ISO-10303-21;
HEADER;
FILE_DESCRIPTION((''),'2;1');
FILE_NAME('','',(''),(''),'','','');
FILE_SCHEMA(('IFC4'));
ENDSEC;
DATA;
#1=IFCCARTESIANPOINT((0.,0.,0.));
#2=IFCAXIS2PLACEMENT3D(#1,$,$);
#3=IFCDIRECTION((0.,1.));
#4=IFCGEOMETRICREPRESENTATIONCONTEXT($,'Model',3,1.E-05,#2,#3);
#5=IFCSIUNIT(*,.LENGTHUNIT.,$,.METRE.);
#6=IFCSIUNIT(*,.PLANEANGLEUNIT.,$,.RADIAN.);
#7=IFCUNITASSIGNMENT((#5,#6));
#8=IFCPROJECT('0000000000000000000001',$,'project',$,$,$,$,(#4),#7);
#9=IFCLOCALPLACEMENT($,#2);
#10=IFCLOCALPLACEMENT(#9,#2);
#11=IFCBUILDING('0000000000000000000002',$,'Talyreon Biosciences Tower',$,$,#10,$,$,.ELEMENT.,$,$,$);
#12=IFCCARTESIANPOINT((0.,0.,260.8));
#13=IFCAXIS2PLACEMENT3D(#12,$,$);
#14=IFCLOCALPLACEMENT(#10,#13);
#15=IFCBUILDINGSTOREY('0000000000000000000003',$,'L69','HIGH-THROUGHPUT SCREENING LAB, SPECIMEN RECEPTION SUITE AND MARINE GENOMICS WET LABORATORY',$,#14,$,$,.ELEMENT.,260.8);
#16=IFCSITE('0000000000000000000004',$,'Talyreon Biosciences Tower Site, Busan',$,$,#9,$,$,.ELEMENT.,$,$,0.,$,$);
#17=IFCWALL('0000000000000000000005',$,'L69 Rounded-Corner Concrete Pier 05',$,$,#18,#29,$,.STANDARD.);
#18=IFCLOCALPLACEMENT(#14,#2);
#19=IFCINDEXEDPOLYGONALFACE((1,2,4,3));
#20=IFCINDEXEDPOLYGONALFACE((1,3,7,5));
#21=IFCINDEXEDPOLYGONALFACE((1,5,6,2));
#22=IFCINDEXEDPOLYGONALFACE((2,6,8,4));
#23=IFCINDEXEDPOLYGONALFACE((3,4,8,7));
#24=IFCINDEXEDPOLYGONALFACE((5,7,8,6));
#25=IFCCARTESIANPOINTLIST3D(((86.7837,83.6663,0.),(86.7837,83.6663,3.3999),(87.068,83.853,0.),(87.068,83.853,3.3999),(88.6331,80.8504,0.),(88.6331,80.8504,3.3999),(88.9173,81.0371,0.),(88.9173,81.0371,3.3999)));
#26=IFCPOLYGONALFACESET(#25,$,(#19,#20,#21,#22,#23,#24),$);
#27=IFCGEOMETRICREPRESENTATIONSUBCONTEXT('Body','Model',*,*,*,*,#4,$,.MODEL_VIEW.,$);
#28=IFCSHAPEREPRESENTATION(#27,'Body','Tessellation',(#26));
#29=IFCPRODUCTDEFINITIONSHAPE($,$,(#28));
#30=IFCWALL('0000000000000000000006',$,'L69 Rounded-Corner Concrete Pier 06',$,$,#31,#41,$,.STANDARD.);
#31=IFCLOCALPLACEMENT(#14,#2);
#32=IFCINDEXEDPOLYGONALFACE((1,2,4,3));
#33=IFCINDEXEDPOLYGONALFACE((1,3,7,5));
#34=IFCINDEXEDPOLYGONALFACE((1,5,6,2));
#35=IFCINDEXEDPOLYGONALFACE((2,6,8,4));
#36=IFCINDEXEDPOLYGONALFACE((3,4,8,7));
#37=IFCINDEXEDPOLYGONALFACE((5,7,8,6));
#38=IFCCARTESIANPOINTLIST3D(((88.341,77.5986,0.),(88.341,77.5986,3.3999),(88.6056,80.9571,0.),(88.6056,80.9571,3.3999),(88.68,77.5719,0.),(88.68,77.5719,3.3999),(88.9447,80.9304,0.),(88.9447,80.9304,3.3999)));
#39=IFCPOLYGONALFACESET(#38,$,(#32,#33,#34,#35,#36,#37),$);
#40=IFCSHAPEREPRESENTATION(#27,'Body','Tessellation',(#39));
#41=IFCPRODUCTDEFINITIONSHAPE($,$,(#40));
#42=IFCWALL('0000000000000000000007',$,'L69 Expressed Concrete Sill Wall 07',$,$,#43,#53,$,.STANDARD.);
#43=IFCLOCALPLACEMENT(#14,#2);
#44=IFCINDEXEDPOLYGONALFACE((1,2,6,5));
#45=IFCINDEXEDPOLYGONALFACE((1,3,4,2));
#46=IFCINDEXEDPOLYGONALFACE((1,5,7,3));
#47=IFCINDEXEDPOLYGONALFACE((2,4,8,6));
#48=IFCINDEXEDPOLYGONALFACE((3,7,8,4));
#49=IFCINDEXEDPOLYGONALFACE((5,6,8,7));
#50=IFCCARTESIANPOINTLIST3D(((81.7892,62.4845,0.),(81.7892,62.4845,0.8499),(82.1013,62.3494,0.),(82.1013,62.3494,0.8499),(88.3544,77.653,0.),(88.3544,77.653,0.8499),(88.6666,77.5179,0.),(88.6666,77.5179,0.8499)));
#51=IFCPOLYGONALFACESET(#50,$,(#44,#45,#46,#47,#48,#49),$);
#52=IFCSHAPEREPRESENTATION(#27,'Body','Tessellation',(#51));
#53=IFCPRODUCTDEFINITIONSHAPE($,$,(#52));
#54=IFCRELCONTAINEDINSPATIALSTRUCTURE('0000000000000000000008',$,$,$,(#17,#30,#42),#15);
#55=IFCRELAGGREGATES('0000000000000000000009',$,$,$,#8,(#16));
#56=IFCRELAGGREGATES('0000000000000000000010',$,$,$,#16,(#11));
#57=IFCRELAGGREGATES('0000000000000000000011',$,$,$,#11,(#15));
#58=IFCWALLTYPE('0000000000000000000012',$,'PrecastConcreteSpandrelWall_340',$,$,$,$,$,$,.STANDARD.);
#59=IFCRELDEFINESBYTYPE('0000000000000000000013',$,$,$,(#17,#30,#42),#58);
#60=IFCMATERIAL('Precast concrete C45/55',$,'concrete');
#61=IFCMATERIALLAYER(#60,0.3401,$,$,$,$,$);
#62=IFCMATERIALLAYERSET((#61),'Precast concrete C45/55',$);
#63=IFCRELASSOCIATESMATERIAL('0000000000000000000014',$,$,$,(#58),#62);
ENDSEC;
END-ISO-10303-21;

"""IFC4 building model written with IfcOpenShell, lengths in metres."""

from ifc_helpers import new_model, si_unit, direction, frame, frame_2d, origin, place, context, subcontext, project, spatial, rectangle, extrude, material, layer, layer_set, type_object, element, save


model = new_model("IFC4")

# Units and contexts
model_context = context("Model", 3, precision=1e-05, world=origin(), true_north=direction((0.0, 1.0)))
body_context = subcontext(model_context, "Body", "Model", "MODEL_VIEW")
ifc_project = project(units=[si_unit("LENGTHUNIT", "METRE"), si_unit("PLANEANGLEUNIT", "RADIAN")], contexts=[model_context])

# Site, building, storey
site_placement = place(None, origin())
site = spatial("IfcSite", under=ifc_project, at=site_placement, Name="Talyreon Biosciences Tower Site, Busan", CompositionType="ELEMENT", RefElevation=0.0)
building_placement = place(site_placement, origin())
building = spatial("IfcBuilding", under=site, at=building_placement, Name="Talyreon Biosciences Tower", CompositionType="ELEMENT")
storey_placement = place(building_placement, frame((0.0, 0.0, 260.8)))
storey = spatial("IfcBuildingStorey", under=building, at=storey_placement, Name="L69", Description="HIGH-THROUGHPUT SCREENING LAB, SPECIMEN RECEPTION SUITE AND MARINE GENOMICS WET LABORATORY", CompositionType="ELEMENT", Elevation=260.8)

# Shared definitions
ifc_material_1 = material(Name="Precast concrete C45/55", Category="concrete")

# Walls
ifc_layer_1 = layer(ifc_material_1, 0.3401)
ifc_layer_set_1 = layer_set([ifc_layer_1], Name="Precast concrete C45/55")
wall_type_1 = type_object("IfcWallType", Name="PrecastConcreteSpandrelWall_340", PredefinedType="STANDARD", material=ifc_layer_set_1)
for number, where, z_axis, x_axis, name in (
    (1, (86.9258, 83.7598, 0.0), (0.0, 0.0, 1.0), (0.548951, -0.835855, 0.0), "L69 Rounded-Corner Concrete Pier 05"),
    (2, (88.7751, 80.9438, 0.0), (0.0, 0.0, 1.0), (-0.078558, -0.99691, 0.0), "L69 Rounded-Corner Concrete Pier 06"),
):
    element("IfcWall", number, at=place(storey_placement, frame(where, z_axis=z_axis, x_axis=x_axis)), inside=storey, type_object=wall_type_1, Name=name, PredefinedType="STANDARD", context=body_context, shape_type="SweptSolid", body=[
        extrude(rectangle(XDim=3.3689, YDim=0.3401, at=frame_2d((1.6846, 0.0))), origin(), (0.0, 0.0, 1.0), 3.3999),
    ])
wall_1_placement = place(storey_placement, frame((88.5105, 77.5854, 0.0), z_axis=(0.0, 0.0, 1.0), x_axis=(-0.397209, -0.917728, 0.0)))
element("IfcWall", 3, at=wall_1_placement, inside=storey, type_object=wall_type_1, Name="L69 Expressed Concrete Sill Wall 07", PredefinedType="STANDARD", context=body_context, shape_type="SweptSolid", body=[
    extrude(rectangle(XDim=16.5283, YDim=0.3401, at=frame_2d((8.2642, 0.0))), origin(), (0.0, 0.0, 1.0), 0.8499),
])

save(model, "model.ifc")
